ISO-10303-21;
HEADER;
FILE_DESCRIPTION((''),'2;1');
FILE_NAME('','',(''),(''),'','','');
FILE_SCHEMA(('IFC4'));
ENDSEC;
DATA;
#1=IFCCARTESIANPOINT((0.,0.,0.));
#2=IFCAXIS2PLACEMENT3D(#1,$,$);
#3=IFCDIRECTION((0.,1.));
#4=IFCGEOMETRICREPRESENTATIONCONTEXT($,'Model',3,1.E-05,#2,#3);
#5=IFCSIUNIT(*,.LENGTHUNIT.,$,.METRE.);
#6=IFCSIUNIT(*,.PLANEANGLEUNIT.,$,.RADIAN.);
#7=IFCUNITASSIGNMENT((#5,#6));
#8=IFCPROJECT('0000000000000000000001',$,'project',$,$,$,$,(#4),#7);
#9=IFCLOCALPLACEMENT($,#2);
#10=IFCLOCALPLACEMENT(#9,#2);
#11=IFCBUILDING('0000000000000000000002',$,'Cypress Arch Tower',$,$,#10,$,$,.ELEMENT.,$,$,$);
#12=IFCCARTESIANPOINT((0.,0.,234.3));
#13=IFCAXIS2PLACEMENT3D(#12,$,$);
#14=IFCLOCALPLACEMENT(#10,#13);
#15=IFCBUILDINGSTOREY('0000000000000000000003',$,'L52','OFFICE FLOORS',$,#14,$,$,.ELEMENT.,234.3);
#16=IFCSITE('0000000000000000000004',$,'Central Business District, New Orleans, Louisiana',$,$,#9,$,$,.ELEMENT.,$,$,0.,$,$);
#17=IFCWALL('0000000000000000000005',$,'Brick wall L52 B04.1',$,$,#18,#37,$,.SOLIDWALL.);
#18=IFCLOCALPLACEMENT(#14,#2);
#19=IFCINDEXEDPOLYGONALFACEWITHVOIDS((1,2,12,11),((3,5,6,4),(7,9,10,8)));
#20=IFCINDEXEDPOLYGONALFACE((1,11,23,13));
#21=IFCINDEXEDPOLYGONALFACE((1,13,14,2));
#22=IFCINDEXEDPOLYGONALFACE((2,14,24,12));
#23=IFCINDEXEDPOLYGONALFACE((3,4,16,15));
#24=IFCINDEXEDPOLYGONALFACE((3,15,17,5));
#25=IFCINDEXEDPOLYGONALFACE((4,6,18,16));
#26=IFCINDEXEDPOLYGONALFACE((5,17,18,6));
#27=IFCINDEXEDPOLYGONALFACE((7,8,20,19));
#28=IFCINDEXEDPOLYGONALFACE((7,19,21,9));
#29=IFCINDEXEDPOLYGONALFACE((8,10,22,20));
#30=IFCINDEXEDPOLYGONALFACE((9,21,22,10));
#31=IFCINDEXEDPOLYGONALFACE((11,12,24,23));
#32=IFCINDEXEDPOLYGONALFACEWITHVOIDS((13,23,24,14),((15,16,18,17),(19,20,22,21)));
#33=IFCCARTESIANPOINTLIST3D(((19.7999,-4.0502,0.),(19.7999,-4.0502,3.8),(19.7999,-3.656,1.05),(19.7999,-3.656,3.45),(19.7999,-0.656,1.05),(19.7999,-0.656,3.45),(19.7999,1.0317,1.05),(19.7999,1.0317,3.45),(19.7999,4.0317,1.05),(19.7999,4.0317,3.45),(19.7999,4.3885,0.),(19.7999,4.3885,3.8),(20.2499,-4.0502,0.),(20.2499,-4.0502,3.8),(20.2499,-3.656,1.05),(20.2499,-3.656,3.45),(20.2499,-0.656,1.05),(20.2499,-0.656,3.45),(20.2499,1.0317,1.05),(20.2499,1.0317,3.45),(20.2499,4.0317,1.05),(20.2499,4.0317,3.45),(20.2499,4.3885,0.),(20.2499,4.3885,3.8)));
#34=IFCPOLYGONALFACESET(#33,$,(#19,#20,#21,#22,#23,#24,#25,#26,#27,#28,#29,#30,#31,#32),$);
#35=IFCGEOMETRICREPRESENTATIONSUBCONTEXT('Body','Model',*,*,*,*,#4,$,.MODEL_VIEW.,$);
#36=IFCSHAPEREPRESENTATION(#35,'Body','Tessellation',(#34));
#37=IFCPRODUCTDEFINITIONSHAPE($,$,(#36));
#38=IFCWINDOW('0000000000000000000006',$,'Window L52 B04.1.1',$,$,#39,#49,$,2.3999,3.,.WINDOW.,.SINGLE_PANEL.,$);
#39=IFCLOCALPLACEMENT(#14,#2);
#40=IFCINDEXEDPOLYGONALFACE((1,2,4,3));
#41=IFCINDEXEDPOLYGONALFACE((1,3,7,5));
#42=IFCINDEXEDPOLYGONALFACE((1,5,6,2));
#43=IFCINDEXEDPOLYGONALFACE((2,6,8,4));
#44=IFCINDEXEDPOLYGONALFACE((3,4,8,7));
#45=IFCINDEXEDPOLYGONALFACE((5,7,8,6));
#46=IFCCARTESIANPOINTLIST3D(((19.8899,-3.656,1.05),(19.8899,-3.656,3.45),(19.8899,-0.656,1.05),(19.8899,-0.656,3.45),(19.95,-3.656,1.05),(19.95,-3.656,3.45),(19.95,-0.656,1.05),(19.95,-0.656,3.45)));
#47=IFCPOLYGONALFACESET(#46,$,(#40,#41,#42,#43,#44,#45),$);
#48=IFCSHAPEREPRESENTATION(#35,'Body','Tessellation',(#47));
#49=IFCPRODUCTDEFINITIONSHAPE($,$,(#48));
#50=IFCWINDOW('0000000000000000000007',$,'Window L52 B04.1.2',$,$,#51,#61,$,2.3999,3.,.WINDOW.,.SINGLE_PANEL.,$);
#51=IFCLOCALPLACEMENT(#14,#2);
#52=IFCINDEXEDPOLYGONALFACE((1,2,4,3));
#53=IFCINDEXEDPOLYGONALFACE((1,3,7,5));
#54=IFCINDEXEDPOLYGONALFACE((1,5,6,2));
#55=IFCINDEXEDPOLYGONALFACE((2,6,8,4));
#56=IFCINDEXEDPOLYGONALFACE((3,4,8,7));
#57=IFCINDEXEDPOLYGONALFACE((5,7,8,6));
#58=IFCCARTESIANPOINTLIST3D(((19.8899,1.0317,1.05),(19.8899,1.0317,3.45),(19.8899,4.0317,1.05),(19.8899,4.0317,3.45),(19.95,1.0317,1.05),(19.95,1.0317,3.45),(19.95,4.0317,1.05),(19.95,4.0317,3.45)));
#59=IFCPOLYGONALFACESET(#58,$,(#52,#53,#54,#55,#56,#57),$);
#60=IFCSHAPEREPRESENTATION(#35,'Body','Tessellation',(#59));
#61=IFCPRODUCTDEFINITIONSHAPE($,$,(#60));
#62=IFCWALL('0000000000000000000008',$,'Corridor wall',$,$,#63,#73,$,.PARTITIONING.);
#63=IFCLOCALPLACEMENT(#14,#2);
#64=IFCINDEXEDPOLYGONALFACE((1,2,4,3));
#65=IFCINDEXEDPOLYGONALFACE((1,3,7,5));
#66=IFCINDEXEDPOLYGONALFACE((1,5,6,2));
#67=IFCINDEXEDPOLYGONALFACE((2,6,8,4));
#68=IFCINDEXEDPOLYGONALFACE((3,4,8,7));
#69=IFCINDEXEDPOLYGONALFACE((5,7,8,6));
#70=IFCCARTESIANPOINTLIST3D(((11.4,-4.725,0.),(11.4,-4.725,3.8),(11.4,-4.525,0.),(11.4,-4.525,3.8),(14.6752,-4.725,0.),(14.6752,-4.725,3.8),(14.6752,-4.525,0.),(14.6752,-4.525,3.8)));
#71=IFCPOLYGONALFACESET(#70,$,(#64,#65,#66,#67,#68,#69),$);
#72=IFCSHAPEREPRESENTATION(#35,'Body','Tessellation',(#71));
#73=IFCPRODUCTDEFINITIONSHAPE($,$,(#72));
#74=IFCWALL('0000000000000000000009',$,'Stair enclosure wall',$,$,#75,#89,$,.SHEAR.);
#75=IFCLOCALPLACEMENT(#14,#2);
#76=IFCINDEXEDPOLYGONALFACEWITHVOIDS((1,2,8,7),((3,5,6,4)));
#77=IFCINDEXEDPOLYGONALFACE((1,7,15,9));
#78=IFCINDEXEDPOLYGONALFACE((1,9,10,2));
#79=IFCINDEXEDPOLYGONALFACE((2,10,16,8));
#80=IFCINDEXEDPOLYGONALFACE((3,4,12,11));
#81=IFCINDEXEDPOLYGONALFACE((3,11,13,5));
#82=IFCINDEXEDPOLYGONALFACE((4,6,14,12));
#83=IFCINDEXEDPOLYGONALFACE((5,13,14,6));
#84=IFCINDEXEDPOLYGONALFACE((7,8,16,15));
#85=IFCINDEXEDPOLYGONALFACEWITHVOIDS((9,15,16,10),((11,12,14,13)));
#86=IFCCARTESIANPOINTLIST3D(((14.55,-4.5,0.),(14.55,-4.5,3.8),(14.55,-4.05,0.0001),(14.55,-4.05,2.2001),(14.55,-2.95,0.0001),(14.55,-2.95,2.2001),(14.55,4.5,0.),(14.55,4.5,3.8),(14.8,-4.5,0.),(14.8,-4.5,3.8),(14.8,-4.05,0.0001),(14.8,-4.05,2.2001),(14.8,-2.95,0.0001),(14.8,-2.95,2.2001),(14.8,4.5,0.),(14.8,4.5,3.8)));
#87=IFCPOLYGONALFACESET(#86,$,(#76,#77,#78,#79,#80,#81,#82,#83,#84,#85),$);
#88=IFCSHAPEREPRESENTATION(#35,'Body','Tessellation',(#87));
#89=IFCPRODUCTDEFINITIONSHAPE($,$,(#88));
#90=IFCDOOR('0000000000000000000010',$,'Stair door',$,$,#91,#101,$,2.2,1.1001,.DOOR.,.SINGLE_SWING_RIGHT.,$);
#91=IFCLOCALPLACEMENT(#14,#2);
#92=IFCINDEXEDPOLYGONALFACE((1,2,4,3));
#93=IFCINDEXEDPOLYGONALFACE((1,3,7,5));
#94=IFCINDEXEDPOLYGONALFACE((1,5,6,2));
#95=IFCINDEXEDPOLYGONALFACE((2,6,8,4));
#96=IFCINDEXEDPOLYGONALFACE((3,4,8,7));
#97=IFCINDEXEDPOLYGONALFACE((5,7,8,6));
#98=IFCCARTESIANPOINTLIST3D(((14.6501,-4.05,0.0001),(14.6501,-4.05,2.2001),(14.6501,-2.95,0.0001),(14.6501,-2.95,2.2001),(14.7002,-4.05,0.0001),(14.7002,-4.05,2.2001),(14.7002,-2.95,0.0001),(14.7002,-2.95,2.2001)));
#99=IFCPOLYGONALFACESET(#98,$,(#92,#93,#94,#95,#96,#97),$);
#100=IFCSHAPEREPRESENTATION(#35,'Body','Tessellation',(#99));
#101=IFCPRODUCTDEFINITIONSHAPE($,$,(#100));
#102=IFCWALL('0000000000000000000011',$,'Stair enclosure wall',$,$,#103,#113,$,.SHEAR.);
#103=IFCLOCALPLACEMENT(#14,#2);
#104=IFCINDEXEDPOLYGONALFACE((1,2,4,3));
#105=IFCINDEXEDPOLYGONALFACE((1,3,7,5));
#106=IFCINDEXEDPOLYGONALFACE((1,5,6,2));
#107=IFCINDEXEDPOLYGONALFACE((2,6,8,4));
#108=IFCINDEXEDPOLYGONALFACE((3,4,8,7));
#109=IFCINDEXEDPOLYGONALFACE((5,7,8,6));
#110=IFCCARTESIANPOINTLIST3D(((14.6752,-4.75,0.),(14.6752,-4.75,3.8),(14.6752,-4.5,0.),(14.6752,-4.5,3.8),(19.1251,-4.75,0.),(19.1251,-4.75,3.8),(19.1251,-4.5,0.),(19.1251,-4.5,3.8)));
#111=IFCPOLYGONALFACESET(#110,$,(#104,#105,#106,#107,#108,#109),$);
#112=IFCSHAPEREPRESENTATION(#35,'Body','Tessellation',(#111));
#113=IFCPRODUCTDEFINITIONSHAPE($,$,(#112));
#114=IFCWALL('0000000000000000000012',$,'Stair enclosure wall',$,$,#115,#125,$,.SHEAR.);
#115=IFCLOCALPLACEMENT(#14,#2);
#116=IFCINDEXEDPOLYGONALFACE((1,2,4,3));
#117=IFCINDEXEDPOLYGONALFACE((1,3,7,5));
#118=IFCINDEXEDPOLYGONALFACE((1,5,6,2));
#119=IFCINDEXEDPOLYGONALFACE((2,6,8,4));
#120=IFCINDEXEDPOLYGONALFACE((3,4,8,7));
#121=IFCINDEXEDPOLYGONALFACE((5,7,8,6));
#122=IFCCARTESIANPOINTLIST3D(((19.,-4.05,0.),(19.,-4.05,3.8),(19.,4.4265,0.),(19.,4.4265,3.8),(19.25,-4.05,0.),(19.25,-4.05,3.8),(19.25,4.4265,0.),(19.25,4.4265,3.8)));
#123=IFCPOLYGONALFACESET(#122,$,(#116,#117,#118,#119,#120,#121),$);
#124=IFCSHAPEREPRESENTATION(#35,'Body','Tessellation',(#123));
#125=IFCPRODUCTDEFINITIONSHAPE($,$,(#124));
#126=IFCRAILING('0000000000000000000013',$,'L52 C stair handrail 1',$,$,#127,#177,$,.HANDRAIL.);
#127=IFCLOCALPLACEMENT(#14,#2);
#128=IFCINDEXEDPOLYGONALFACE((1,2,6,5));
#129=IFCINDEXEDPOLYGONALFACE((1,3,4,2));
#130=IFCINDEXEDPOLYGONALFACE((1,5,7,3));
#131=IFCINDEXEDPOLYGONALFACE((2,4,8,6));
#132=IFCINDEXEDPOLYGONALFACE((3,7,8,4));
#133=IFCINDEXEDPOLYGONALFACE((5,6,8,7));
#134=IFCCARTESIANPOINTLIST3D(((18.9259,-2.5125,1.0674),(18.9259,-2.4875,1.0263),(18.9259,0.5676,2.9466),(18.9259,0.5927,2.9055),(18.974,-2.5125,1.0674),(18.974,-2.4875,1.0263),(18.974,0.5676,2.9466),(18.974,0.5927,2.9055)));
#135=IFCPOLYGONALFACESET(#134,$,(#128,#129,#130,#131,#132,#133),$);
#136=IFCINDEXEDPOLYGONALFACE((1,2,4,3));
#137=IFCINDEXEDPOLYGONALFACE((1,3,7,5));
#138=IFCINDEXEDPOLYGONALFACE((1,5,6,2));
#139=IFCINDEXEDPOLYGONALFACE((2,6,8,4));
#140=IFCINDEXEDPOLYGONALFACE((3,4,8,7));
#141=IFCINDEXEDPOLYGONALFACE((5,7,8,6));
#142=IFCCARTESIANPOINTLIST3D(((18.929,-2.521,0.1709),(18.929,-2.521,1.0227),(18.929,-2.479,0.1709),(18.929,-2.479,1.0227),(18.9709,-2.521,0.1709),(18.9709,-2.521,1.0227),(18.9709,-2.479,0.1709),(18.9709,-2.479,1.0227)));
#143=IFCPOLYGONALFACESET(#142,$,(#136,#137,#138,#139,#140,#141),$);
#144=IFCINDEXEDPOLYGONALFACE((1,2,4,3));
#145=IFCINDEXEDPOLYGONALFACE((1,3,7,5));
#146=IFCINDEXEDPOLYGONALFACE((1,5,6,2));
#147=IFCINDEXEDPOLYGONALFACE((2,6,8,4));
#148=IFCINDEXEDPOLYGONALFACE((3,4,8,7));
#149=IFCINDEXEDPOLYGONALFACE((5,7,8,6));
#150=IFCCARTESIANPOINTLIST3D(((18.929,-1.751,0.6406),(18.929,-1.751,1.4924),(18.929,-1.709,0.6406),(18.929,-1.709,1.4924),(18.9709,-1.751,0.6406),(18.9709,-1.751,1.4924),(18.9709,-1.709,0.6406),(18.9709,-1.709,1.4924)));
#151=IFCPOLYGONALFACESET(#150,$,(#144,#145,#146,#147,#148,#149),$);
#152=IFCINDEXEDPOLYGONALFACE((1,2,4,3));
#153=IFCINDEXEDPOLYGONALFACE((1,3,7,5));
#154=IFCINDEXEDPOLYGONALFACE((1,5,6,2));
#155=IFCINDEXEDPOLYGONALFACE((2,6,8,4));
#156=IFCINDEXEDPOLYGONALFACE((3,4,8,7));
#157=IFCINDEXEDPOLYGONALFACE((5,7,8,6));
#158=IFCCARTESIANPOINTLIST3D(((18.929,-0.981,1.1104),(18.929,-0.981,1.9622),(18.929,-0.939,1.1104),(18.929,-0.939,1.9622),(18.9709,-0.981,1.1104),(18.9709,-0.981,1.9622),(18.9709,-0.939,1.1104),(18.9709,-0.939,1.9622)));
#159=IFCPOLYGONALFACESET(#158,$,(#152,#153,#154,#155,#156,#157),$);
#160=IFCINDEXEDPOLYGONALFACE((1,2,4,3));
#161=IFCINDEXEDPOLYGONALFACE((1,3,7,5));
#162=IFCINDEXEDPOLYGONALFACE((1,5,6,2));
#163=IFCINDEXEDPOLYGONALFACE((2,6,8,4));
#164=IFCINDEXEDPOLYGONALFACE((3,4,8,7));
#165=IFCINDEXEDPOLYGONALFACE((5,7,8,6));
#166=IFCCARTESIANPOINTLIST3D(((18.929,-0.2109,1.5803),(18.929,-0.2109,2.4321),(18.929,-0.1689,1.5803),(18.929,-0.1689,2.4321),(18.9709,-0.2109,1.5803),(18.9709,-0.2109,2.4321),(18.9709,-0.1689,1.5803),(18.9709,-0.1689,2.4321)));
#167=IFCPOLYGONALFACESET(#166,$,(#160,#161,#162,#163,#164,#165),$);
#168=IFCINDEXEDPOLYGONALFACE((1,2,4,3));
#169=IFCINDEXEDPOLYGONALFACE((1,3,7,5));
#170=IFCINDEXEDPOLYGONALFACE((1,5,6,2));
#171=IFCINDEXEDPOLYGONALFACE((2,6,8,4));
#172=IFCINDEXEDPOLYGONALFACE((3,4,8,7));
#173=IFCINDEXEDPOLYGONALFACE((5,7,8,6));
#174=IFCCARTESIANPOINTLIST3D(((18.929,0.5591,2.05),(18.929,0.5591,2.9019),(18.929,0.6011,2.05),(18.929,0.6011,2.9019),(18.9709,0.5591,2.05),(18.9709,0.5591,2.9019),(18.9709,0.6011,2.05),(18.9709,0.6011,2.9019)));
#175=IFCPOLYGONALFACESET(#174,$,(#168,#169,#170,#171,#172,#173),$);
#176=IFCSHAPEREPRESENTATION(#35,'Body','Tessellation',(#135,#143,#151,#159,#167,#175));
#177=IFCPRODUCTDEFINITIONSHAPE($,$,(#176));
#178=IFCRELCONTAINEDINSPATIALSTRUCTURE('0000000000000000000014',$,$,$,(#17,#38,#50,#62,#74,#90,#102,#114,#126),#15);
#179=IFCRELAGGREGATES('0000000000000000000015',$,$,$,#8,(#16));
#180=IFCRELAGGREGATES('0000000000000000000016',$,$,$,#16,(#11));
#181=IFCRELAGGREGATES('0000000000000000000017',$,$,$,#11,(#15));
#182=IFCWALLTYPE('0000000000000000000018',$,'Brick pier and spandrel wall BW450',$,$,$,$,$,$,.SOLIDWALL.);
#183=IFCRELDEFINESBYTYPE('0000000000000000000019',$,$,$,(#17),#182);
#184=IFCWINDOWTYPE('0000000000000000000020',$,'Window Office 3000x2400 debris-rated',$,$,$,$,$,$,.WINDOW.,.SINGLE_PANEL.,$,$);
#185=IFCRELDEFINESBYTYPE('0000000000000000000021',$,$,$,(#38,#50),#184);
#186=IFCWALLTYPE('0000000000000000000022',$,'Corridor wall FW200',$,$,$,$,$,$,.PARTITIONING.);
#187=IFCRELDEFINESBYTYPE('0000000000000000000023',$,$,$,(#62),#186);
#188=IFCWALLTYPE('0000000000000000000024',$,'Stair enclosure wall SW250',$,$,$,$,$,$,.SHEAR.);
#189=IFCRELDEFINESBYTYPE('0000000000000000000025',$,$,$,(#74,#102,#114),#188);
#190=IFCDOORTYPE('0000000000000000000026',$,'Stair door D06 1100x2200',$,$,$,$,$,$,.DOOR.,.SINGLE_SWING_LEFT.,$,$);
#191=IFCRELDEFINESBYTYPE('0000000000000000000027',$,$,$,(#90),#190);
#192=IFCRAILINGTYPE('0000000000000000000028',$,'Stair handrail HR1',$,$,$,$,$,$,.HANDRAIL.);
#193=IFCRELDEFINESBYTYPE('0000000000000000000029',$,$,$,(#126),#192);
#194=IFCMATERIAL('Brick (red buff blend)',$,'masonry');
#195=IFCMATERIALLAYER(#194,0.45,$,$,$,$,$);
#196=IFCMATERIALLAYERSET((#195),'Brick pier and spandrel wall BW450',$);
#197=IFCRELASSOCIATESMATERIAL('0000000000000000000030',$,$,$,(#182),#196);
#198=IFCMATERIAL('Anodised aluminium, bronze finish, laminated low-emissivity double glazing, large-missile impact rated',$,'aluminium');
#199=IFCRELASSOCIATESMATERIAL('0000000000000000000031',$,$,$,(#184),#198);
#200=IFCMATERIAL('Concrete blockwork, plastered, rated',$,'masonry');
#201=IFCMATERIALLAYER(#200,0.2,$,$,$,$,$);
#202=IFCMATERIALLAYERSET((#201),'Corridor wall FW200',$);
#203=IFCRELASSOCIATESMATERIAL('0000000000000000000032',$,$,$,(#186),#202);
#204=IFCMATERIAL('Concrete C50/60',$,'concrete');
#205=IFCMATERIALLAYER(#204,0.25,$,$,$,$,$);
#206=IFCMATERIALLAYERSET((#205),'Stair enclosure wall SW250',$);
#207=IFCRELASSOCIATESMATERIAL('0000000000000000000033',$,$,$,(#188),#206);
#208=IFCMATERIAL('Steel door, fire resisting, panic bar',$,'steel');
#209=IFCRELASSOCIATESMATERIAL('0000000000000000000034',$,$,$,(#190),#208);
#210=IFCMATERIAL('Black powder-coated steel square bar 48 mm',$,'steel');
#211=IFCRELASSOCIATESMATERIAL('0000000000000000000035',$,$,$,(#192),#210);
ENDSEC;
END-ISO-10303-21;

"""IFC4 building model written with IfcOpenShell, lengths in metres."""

from ifc_helpers import new_model, si_unit, direction, frame, frame_2d, origin, origin_2d, place, context, subcontext, project, spatial, rectangle, extrude, material, layer, layer_set, type_object, element, fill, save


model = new_model("IFC4")

# Units and contexts
model_context = context("Model", 3, precision=1e-05, world=origin(), true_north=direction((0.0, 1.0)))
body_context = subcontext(model_context, "Body", "Model", "MODEL_VIEW")
ifc_project = project(units=[si_unit("LENGTHUNIT", "METRE"), si_unit("PLANEANGLEUNIT", "RADIAN")], contexts=[model_context])

# Site, building, storey
site_placement = place(None, origin())
site = spatial("IfcSite", under=ifc_project, at=site_placement, Name="Central Business District, New Orleans, Louisiana", CompositionType="ELEMENT", RefElevation=0.0)
building_placement = place(site_placement, origin())
building = spatial("IfcBuilding", under=site, at=building_placement, Name="Cypress Arch Tower", CompositionType="ELEMENT")
storey_placement = place(building_placement, frame((0.0, 0.0, 234.3)))
storey = spatial("IfcBuildingStorey", under=building, at=storey_placement, Name="L52", Description="OFFICE FLOORS", CompositionType="ELEMENT", Elevation=234.3)

# Wall, openings, windows
ifc_material_1 = material(Name="Brick (red buff blend)", Category="masonry")
ifc_layer_1 = layer(ifc_material_1, 0.45)
ifc_layer_set_1 = layer_set([ifc_layer_1], Name="Brick pier and spandrel wall BW450")
wall_type_1 = type_object("IfcWallType", Name="Brick pier and spandrel wall BW450", PredefinedType="SOLIDWALL", material=ifc_layer_set_1)
wall_1_placement = place(storey_placement, frame((20.0249, -4.05, 0.0), z_axis=(0.0, 0.0, 1.0), x_axis=(0.0, 1.0, 0.0)))
wall_1 = element("IfcWall", 1, at=wall_1_placement, inside=storey, type_object=wall_type_1, Name="Brick wall L52 B04.1", PredefinedType="SOLIDWALL", context=body_context, shape_type="SweptSolid", body=[
    extrude(rectangle(XDim=8.4387, YDim=0.45, at=frame_2d((4.2192, 0.0))), origin(), (0.0, 0.0, 1.0), 3.8),
])
opening_1_placement = place(wall_1_placement, frame((0.394, 0.0, 1.05)))
opening_1 = element("IfcOpeningElement", 2, at=opening_1_placement, cuts=wall_1, PredefinedType="OPENING", context=body_context, shape_type="SweptSolid", body=[
    extrude(rectangle(XDim=3.0, YDim=2.3999, at=frame_2d((1.5, 1.2))), frame((0.0, 0.2349, 0.0), z_axis=(0.0, -1.0, 0.0), x_axis=(1.0, 0.0, 0.0)), (0.0, 0.0, 1.0), 0.47),
])
opening_2_placement = place(wall_1_placement, frame((5.0818, 0.0, 1.05)))
opening_2 = element("IfcOpeningElement", 3, at=opening_2_placement, cuts=wall_1, PredefinedType="OPENING", context=body_context, shape_type="SweptSolid", body=[
    extrude(rectangle(XDim=3.0, YDim=2.3999, at=frame_2d((1.5, 1.2))), frame((0.0, 0.2349, 0.0), z_axis=(0.0, -1.0, 0.0), x_axis=(1.0, 0.0, 0.0)), (0.0, 0.0, 1.0), 0.47),
])
ifc_material_2 = material(Name="Anodised aluminium, bronze finish, laminated low-emissivity double glazing, large-missile impact rated", Category="aluminium")
window_type = type_object("IfcWindowType", Name="Window Office 3000x2400 debris-rated", PartitioningType="SINGLE_PANEL", PredefinedType="WINDOW", material=ifc_material_2)
window_1_placement = place(opening_1_placement, origin())
window_1 = element("IfcWindow", 4, at=window_1_placement, inside=storey, type_object=window_type, Name="Window L52 B04.1.1", OverallHeight=2.3999, OverallWidth=3.0, PartitioningType="SINGLE_PANEL", PredefinedType="WINDOW", context=body_context, shape_type="SweptSolid", body=[
    extrude(rectangle(XDim=3.0, YDim=2.3999, at=frame_2d((1.5, 1.2))), frame((0.0, 0.135, 0.0), z_axis=(0.0, -1.0, 0.0), x_axis=(1.0, 0.0, 0.0)), (0.0, 0.0, 1.0), 0.0601),
])
fill(opening_1, window_1)
window_2_placement = place(opening_2_placement, origin())
window_2 = element("IfcWindow", 5, at=window_2_placement, inside=storey, type_object=window_type, Name="Window L52 B04.1.2", OverallHeight=2.3999, OverallWidth=3.0, PartitioningType="SINGLE_PANEL", PredefinedType="WINDOW", context=body_context, shape_type="SweptSolid", body=[
    extrude(rectangle(XDim=3.0, YDim=2.3999, at=frame_2d((1.5, 1.2))), frame((0.0, 0.135, 0.0), z_axis=(0.0, -1.0, 0.0), x_axis=(1.0, 0.0, 0.0)), (0.0, 0.0, 1.0), 0.0601),
])
fill(opening_2, window_2)

# Wall
ifc_material_3 = material(Name="Concrete blockwork, plastered, rated", Category="masonry")
ifc_layer_2 = layer(ifc_material_3, 0.2)
ifc_layer_set_2 = layer_set([ifc_layer_2], Name="Corridor wall FW200")
wall_type_2 = type_object("IfcWallType", Name="Corridor wall FW200", PredefinedType="PARTITIONING", material=ifc_layer_set_2)
wall_2_placement = place(storey_placement, frame((11.3999, -4.625, 0.0), z_axis=(0.0, 0.0, 1.0), x_axis=(1.0, 0.0, 0.0)))
element("IfcWall", 6, at=wall_2_placement, inside=storey, type_object=wall_type_2, Name="Corridor wall", PredefinedType="PARTITIONING", context=body_context, shape_type="SweptSolid", body=[
    extrude(rectangle(XDim=3.2751, YDim=0.2, at=frame_2d((1.6377, 0.0))), origin(), (0.0, 0.0, 1.0), 3.8),
])

# Wall, opening, door
ifc_material_4 = material(Name="Concrete C50/60", Category="concrete")
ifc_layer_3 = layer(ifc_material_4, 0.25)
ifc_layer_set_3 = layer_set([ifc_layer_3], Name="Stair enclosure wall SW250")
wall_type_3 = type_object("IfcWallType", Name="Stair enclosure wall SW250", PredefinedType="SHEAR", material=ifc_layer_set_3)
wall_3_placement = place(storey_placement, frame((14.675, -4.5, 0.0), z_axis=(0.0, 0.0, 1.0), x_axis=(0.0, 1.0, 0.0)))
wall_3 = element("IfcWall", 7, at=wall_3_placement, inside=storey, type_object=wall_type_3, Name="Stair enclosure wall", PredefinedType="SHEAR", context=body_context, shape_type="SweptSolid", body=[
    extrude(rectangle(XDim=9.0, YDim=0.25, at=frame_2d((4.5, 0.0))), origin(), (0.0, 0.0, 1.0), 3.8),
])
opening_3_placement = place(wall_3_placement, frame((0.45, 0.0, 0.0)))
opening_3 = element("IfcOpeningElement", 8, at=opening_3_placement, cuts=wall_3, PredefinedType="OPENING", context=body_context, shape_type="SweptSolid", body=[
    extrude(rectangle(XDim=1.1001, YDim=2.2, at=frame_2d((0.55, 1.1001))), frame((0.0, 0.135, 0.0), z_axis=(0.0, -1.0, 0.0), x_axis=(1.0, 0.0, 0.0)), (0.0, 0.0, 1.0), 0.27),
])
ifc_material_5 = material(Name="Steel door, fire resisting, panic bar", Category="steel")
door_type = type_object("IfcDoorType", Name="Stair door D06 1100x2200", OperationType="SINGLE_SWING_LEFT", PredefinedType="DOOR", material=ifc_material_5)
door_placement = place(opening_3_placement, origin())
door = element("IfcDoor", 9, at=door_placement, inside=storey, type_object=door_type, Name="Stair door", OperationType="SINGLE_SWING_RIGHT", OverallHeight=2.2, OverallWidth=1.1001, PredefinedType="DOOR", context=body_context, shape_type="SweptSolid", body=[
    extrude(rectangle(XDim=1.1001, YDim=2.2, at=frame_2d((0.55, 1.1001))), frame((0.0, 0.0249, 0.0), z_axis=(0.0, -1.0, 0.0), x_axis=(1.0, 0.0, 0.0)), (0.0, 0.0, 1.0), 0.05),
])
fill(opening_3, door)

# Walls
wall_4_placement = place(storey_placement, frame((14.675, -4.625, 0.0), z_axis=(0.0, 0.0, 1.0), x_axis=(1.0, 0.0, 0.0)))
element("IfcWall", 10, at=wall_4_placement, inside=storey, type_object=wall_type_3, Name="Stair enclosure wall", PredefinedType="SHEAR", context=body_context, shape_type="SweptSolid", body=[
    extrude(rectangle(XDim=4.45, YDim=0.25, at=frame_2d((2.2251, 0.0))), origin(), (0.0, 0.0, 1.0), 3.8),
])
wall_5_placement = place(storey_placement, frame((19.125, -4.05, 0.0), z_axis=(0.0, 0.0, 1.0), x_axis=(0.0, 1.0, 0.0)))
element("IfcWall", 11, at=wall_5_placement, inside=storey, type_object=wall_type_3, Name="Stair enclosure wall", PredefinedType="SHEAR", context=body_context, shape_type="SweptSolid", body=[
    extrude(rectangle(XDim=8.4766, YDim=0.25, at=frame_2d((4.2383, 0.0))), origin(), (0.0, 0.0, 1.0), 3.8),
])

# Railing
ifc_material_6 = material(Name="Black powder-coated steel square bar 48 mm", Category="steel")
railing_type_1 = type_object("IfcRailingType", Name="Stair handrail HR1", PredefinedType="HANDRAIL", material=ifc_material_6)
railing_1_placement = place(storey_placement, frame((18.95, -2.5, 0.1709)))
element("IfcRailing", 12, at=railing_1_placement, inside=storey, type_object=railing_type_1, Name="L52 C stair handrail 1", PredefinedType="HANDRAIL", context=body_context, shape_type="SweptSolid", body=[
    extrude(rectangle(XDim=0.0481, YDim=0.0481, at=origin_2d()), frame((0.0, 0.0, 0.876), z_axis=(0.0, 0.853666, 0.52082), x_axis=(-1.0, 0.0, 0.0)), (0.0, 0.0, 1.0), 3.6082),
    extrude(rectangle(XDim=0.042, YDim=0.042, at=origin_2d()), origin(), (0.0, 0.0, 1.0), 0.8518),
    extrude(rectangle(XDim=0.042, YDim=0.042, at=origin_2d()), frame((0.0, 0.77, 0.4697)), (0.0, 0.0, 1.0), 0.8518),
    extrude(rectangle(XDim=0.042, YDim=0.042, at=origin_2d()), frame((0.0, 1.54, 0.9395)), (0.0, 0.0, 1.0), 0.8518),
    extrude(rectangle(XDim=0.042, YDim=0.042, at=origin_2d()), frame((0.0, 2.3101, 1.4094)), (0.0, 0.0, 1.0), 0.8518),
    extrude(rectangle(XDim=0.042, YDim=0.042, at=origin_2d()), frame((0.0, 3.0801, 1.8792)), (0.0, 0.0, 1.0), 0.8518),
])

save(model, "model.ifc")
